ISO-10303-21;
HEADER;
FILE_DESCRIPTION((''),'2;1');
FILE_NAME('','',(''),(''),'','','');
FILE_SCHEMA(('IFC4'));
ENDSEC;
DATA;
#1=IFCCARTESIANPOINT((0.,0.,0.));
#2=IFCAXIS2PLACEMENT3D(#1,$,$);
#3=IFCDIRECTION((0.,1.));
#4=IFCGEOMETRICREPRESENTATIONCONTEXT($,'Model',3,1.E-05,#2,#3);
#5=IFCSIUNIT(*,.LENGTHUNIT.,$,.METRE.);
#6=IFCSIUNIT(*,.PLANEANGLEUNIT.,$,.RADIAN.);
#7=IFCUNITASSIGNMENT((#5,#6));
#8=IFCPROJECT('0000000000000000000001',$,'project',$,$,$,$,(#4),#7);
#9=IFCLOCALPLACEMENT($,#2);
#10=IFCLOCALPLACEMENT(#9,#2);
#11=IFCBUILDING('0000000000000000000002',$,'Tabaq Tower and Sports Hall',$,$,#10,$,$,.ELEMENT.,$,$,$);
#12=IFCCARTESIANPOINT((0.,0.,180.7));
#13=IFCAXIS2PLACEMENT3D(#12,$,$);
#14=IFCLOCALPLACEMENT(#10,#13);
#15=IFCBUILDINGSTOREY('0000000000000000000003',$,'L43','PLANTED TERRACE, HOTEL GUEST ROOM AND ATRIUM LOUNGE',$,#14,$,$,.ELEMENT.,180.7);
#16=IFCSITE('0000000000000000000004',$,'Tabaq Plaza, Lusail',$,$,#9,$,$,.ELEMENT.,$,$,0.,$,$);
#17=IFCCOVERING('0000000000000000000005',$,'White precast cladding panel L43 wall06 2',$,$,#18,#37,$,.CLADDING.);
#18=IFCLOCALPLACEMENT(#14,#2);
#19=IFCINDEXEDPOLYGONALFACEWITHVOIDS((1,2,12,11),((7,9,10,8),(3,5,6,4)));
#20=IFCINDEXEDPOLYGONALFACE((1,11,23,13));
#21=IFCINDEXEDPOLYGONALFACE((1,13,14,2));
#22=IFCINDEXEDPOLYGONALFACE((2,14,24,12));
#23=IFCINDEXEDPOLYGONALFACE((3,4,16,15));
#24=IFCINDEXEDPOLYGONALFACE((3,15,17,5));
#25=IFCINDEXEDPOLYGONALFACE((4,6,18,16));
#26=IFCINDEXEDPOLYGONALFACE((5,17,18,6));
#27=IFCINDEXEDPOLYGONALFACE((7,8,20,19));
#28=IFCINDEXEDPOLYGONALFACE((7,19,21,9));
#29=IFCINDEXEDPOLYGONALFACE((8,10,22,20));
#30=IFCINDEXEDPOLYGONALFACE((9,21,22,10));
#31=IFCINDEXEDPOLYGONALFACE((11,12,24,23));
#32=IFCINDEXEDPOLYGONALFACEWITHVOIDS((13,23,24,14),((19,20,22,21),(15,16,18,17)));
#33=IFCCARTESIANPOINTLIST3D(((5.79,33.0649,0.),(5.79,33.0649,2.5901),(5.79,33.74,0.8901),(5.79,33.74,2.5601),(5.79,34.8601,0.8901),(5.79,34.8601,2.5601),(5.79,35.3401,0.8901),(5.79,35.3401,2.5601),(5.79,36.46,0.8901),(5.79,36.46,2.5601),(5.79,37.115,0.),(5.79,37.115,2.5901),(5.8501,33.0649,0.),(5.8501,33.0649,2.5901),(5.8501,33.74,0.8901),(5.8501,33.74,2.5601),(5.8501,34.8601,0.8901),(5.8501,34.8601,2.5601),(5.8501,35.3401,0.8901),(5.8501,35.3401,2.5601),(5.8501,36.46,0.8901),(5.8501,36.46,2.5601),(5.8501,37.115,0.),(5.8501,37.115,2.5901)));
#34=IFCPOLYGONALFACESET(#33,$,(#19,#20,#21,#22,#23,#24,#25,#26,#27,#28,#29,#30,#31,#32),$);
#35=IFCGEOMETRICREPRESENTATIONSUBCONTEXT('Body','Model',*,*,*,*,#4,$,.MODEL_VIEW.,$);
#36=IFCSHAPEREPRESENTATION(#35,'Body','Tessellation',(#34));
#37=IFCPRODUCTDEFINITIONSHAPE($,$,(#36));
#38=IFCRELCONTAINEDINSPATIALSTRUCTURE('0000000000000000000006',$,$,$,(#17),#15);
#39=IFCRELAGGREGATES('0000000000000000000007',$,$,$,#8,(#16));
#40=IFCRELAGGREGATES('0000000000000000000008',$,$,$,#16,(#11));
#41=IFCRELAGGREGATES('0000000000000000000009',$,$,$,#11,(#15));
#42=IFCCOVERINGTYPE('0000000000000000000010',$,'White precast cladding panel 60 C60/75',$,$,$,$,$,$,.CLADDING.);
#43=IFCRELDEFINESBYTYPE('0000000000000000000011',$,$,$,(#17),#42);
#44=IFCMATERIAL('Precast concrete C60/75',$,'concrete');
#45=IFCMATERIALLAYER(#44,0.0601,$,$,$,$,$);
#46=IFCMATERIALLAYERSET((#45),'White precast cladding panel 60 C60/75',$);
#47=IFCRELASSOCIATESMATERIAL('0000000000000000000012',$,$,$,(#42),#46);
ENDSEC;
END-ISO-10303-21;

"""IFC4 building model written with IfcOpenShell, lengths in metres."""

from ifc_helpers import new_model, si_unit, direction, frame, origin, place, context, subcontext, project, spatial, polyline, outline, extrude, material, layer, layer_set, type_object, element, save


model = new_model("IFC4")

# Units and contexts
model_context = context("Model", 3, precision=1e-05, world=origin(), true_north=direction((0.0, 1.0)))
body_context = subcontext(model_context, "Body", "Model", "MODEL_VIEW")
ifc_project = project(units=[si_unit("LENGTHUNIT", "METRE"), si_unit("PLANEANGLEUNIT", "RADIAN")], contexts=[model_context])

# Site, building, storey
site_placement = place(None, origin())
site = spatial("IfcSite", under=ifc_project, at=site_placement, Name="Tabaq Plaza, Lusail", CompositionType="ELEMENT", RefElevation=0.0)
building_placement = place(site_placement, origin())
building = spatial("IfcBuilding", under=site, at=building_placement, Name="Tabaq Tower and Sports Hall", CompositionType="ELEMENT")
storey_placement = place(building_placement, frame((0.0, 0.0, 180.7)))
storey = spatial("IfcBuildingStorey", under=building, at=storey_placement, Name="L43", Description="PLANTED TERRACE, HOTEL GUEST ROOM AND ATRIUM LOUNGE", CompositionType="ELEMENT", Elevation=180.7)

# Covering
ifc_material_1 = material(Name="Precast concrete C60/75", Category="concrete")
ifc_layer_1 = layer(ifc_material_1, 0.0601)
ifc_layer_set_1 = layer_set([ifc_layer_1], Name="White precast cladding panel 60 C60/75")
covering_type = type_object("IfcCoveringType", Name="White precast cladding panel 60 C60/75", PredefinedType="CLADDING", material=ifc_layer_set_1)
covering_placement = place(storey_placement, frame((5.8201, 37.115, 0.0), z_axis=(0.0, 0.0, 1.0), x_axis=(0.0, -1.0, 0.0)))
element("IfcCovering", 1, at=covering_placement, inside=storey, type_object=covering_type, Name="White precast cladding panel L43 wall06 2", PredefinedType="CLADDING", context=body_context, shape_type="SweptSolid", body=[
    extrude(outline(polyline([(0.0, 0.0), (4.05, 0.0), (4.05, 2.5901), (0.0, 2.5901), (0.0, 0.0)]), holes=[polyline([(0.655, 0.8901), (0.655, 2.5601), (1.7749, 2.5601), (1.7749, 0.8901), (0.655, 0.8901)]), polyline([(2.2549, 0.8901), (2.2549, 2.5601), (3.375, 2.5601), (3.375, 0.8901), (2.2549, 0.8901)])]), frame((0.0, 0.03, 0.0), z_axis=(0.0, -1.0, 0.0), x_axis=(1.0, 0.0, 0.0)), (0.0, 0.0, 1.0), 0.0601),
])

save(model, "model.ifc")
